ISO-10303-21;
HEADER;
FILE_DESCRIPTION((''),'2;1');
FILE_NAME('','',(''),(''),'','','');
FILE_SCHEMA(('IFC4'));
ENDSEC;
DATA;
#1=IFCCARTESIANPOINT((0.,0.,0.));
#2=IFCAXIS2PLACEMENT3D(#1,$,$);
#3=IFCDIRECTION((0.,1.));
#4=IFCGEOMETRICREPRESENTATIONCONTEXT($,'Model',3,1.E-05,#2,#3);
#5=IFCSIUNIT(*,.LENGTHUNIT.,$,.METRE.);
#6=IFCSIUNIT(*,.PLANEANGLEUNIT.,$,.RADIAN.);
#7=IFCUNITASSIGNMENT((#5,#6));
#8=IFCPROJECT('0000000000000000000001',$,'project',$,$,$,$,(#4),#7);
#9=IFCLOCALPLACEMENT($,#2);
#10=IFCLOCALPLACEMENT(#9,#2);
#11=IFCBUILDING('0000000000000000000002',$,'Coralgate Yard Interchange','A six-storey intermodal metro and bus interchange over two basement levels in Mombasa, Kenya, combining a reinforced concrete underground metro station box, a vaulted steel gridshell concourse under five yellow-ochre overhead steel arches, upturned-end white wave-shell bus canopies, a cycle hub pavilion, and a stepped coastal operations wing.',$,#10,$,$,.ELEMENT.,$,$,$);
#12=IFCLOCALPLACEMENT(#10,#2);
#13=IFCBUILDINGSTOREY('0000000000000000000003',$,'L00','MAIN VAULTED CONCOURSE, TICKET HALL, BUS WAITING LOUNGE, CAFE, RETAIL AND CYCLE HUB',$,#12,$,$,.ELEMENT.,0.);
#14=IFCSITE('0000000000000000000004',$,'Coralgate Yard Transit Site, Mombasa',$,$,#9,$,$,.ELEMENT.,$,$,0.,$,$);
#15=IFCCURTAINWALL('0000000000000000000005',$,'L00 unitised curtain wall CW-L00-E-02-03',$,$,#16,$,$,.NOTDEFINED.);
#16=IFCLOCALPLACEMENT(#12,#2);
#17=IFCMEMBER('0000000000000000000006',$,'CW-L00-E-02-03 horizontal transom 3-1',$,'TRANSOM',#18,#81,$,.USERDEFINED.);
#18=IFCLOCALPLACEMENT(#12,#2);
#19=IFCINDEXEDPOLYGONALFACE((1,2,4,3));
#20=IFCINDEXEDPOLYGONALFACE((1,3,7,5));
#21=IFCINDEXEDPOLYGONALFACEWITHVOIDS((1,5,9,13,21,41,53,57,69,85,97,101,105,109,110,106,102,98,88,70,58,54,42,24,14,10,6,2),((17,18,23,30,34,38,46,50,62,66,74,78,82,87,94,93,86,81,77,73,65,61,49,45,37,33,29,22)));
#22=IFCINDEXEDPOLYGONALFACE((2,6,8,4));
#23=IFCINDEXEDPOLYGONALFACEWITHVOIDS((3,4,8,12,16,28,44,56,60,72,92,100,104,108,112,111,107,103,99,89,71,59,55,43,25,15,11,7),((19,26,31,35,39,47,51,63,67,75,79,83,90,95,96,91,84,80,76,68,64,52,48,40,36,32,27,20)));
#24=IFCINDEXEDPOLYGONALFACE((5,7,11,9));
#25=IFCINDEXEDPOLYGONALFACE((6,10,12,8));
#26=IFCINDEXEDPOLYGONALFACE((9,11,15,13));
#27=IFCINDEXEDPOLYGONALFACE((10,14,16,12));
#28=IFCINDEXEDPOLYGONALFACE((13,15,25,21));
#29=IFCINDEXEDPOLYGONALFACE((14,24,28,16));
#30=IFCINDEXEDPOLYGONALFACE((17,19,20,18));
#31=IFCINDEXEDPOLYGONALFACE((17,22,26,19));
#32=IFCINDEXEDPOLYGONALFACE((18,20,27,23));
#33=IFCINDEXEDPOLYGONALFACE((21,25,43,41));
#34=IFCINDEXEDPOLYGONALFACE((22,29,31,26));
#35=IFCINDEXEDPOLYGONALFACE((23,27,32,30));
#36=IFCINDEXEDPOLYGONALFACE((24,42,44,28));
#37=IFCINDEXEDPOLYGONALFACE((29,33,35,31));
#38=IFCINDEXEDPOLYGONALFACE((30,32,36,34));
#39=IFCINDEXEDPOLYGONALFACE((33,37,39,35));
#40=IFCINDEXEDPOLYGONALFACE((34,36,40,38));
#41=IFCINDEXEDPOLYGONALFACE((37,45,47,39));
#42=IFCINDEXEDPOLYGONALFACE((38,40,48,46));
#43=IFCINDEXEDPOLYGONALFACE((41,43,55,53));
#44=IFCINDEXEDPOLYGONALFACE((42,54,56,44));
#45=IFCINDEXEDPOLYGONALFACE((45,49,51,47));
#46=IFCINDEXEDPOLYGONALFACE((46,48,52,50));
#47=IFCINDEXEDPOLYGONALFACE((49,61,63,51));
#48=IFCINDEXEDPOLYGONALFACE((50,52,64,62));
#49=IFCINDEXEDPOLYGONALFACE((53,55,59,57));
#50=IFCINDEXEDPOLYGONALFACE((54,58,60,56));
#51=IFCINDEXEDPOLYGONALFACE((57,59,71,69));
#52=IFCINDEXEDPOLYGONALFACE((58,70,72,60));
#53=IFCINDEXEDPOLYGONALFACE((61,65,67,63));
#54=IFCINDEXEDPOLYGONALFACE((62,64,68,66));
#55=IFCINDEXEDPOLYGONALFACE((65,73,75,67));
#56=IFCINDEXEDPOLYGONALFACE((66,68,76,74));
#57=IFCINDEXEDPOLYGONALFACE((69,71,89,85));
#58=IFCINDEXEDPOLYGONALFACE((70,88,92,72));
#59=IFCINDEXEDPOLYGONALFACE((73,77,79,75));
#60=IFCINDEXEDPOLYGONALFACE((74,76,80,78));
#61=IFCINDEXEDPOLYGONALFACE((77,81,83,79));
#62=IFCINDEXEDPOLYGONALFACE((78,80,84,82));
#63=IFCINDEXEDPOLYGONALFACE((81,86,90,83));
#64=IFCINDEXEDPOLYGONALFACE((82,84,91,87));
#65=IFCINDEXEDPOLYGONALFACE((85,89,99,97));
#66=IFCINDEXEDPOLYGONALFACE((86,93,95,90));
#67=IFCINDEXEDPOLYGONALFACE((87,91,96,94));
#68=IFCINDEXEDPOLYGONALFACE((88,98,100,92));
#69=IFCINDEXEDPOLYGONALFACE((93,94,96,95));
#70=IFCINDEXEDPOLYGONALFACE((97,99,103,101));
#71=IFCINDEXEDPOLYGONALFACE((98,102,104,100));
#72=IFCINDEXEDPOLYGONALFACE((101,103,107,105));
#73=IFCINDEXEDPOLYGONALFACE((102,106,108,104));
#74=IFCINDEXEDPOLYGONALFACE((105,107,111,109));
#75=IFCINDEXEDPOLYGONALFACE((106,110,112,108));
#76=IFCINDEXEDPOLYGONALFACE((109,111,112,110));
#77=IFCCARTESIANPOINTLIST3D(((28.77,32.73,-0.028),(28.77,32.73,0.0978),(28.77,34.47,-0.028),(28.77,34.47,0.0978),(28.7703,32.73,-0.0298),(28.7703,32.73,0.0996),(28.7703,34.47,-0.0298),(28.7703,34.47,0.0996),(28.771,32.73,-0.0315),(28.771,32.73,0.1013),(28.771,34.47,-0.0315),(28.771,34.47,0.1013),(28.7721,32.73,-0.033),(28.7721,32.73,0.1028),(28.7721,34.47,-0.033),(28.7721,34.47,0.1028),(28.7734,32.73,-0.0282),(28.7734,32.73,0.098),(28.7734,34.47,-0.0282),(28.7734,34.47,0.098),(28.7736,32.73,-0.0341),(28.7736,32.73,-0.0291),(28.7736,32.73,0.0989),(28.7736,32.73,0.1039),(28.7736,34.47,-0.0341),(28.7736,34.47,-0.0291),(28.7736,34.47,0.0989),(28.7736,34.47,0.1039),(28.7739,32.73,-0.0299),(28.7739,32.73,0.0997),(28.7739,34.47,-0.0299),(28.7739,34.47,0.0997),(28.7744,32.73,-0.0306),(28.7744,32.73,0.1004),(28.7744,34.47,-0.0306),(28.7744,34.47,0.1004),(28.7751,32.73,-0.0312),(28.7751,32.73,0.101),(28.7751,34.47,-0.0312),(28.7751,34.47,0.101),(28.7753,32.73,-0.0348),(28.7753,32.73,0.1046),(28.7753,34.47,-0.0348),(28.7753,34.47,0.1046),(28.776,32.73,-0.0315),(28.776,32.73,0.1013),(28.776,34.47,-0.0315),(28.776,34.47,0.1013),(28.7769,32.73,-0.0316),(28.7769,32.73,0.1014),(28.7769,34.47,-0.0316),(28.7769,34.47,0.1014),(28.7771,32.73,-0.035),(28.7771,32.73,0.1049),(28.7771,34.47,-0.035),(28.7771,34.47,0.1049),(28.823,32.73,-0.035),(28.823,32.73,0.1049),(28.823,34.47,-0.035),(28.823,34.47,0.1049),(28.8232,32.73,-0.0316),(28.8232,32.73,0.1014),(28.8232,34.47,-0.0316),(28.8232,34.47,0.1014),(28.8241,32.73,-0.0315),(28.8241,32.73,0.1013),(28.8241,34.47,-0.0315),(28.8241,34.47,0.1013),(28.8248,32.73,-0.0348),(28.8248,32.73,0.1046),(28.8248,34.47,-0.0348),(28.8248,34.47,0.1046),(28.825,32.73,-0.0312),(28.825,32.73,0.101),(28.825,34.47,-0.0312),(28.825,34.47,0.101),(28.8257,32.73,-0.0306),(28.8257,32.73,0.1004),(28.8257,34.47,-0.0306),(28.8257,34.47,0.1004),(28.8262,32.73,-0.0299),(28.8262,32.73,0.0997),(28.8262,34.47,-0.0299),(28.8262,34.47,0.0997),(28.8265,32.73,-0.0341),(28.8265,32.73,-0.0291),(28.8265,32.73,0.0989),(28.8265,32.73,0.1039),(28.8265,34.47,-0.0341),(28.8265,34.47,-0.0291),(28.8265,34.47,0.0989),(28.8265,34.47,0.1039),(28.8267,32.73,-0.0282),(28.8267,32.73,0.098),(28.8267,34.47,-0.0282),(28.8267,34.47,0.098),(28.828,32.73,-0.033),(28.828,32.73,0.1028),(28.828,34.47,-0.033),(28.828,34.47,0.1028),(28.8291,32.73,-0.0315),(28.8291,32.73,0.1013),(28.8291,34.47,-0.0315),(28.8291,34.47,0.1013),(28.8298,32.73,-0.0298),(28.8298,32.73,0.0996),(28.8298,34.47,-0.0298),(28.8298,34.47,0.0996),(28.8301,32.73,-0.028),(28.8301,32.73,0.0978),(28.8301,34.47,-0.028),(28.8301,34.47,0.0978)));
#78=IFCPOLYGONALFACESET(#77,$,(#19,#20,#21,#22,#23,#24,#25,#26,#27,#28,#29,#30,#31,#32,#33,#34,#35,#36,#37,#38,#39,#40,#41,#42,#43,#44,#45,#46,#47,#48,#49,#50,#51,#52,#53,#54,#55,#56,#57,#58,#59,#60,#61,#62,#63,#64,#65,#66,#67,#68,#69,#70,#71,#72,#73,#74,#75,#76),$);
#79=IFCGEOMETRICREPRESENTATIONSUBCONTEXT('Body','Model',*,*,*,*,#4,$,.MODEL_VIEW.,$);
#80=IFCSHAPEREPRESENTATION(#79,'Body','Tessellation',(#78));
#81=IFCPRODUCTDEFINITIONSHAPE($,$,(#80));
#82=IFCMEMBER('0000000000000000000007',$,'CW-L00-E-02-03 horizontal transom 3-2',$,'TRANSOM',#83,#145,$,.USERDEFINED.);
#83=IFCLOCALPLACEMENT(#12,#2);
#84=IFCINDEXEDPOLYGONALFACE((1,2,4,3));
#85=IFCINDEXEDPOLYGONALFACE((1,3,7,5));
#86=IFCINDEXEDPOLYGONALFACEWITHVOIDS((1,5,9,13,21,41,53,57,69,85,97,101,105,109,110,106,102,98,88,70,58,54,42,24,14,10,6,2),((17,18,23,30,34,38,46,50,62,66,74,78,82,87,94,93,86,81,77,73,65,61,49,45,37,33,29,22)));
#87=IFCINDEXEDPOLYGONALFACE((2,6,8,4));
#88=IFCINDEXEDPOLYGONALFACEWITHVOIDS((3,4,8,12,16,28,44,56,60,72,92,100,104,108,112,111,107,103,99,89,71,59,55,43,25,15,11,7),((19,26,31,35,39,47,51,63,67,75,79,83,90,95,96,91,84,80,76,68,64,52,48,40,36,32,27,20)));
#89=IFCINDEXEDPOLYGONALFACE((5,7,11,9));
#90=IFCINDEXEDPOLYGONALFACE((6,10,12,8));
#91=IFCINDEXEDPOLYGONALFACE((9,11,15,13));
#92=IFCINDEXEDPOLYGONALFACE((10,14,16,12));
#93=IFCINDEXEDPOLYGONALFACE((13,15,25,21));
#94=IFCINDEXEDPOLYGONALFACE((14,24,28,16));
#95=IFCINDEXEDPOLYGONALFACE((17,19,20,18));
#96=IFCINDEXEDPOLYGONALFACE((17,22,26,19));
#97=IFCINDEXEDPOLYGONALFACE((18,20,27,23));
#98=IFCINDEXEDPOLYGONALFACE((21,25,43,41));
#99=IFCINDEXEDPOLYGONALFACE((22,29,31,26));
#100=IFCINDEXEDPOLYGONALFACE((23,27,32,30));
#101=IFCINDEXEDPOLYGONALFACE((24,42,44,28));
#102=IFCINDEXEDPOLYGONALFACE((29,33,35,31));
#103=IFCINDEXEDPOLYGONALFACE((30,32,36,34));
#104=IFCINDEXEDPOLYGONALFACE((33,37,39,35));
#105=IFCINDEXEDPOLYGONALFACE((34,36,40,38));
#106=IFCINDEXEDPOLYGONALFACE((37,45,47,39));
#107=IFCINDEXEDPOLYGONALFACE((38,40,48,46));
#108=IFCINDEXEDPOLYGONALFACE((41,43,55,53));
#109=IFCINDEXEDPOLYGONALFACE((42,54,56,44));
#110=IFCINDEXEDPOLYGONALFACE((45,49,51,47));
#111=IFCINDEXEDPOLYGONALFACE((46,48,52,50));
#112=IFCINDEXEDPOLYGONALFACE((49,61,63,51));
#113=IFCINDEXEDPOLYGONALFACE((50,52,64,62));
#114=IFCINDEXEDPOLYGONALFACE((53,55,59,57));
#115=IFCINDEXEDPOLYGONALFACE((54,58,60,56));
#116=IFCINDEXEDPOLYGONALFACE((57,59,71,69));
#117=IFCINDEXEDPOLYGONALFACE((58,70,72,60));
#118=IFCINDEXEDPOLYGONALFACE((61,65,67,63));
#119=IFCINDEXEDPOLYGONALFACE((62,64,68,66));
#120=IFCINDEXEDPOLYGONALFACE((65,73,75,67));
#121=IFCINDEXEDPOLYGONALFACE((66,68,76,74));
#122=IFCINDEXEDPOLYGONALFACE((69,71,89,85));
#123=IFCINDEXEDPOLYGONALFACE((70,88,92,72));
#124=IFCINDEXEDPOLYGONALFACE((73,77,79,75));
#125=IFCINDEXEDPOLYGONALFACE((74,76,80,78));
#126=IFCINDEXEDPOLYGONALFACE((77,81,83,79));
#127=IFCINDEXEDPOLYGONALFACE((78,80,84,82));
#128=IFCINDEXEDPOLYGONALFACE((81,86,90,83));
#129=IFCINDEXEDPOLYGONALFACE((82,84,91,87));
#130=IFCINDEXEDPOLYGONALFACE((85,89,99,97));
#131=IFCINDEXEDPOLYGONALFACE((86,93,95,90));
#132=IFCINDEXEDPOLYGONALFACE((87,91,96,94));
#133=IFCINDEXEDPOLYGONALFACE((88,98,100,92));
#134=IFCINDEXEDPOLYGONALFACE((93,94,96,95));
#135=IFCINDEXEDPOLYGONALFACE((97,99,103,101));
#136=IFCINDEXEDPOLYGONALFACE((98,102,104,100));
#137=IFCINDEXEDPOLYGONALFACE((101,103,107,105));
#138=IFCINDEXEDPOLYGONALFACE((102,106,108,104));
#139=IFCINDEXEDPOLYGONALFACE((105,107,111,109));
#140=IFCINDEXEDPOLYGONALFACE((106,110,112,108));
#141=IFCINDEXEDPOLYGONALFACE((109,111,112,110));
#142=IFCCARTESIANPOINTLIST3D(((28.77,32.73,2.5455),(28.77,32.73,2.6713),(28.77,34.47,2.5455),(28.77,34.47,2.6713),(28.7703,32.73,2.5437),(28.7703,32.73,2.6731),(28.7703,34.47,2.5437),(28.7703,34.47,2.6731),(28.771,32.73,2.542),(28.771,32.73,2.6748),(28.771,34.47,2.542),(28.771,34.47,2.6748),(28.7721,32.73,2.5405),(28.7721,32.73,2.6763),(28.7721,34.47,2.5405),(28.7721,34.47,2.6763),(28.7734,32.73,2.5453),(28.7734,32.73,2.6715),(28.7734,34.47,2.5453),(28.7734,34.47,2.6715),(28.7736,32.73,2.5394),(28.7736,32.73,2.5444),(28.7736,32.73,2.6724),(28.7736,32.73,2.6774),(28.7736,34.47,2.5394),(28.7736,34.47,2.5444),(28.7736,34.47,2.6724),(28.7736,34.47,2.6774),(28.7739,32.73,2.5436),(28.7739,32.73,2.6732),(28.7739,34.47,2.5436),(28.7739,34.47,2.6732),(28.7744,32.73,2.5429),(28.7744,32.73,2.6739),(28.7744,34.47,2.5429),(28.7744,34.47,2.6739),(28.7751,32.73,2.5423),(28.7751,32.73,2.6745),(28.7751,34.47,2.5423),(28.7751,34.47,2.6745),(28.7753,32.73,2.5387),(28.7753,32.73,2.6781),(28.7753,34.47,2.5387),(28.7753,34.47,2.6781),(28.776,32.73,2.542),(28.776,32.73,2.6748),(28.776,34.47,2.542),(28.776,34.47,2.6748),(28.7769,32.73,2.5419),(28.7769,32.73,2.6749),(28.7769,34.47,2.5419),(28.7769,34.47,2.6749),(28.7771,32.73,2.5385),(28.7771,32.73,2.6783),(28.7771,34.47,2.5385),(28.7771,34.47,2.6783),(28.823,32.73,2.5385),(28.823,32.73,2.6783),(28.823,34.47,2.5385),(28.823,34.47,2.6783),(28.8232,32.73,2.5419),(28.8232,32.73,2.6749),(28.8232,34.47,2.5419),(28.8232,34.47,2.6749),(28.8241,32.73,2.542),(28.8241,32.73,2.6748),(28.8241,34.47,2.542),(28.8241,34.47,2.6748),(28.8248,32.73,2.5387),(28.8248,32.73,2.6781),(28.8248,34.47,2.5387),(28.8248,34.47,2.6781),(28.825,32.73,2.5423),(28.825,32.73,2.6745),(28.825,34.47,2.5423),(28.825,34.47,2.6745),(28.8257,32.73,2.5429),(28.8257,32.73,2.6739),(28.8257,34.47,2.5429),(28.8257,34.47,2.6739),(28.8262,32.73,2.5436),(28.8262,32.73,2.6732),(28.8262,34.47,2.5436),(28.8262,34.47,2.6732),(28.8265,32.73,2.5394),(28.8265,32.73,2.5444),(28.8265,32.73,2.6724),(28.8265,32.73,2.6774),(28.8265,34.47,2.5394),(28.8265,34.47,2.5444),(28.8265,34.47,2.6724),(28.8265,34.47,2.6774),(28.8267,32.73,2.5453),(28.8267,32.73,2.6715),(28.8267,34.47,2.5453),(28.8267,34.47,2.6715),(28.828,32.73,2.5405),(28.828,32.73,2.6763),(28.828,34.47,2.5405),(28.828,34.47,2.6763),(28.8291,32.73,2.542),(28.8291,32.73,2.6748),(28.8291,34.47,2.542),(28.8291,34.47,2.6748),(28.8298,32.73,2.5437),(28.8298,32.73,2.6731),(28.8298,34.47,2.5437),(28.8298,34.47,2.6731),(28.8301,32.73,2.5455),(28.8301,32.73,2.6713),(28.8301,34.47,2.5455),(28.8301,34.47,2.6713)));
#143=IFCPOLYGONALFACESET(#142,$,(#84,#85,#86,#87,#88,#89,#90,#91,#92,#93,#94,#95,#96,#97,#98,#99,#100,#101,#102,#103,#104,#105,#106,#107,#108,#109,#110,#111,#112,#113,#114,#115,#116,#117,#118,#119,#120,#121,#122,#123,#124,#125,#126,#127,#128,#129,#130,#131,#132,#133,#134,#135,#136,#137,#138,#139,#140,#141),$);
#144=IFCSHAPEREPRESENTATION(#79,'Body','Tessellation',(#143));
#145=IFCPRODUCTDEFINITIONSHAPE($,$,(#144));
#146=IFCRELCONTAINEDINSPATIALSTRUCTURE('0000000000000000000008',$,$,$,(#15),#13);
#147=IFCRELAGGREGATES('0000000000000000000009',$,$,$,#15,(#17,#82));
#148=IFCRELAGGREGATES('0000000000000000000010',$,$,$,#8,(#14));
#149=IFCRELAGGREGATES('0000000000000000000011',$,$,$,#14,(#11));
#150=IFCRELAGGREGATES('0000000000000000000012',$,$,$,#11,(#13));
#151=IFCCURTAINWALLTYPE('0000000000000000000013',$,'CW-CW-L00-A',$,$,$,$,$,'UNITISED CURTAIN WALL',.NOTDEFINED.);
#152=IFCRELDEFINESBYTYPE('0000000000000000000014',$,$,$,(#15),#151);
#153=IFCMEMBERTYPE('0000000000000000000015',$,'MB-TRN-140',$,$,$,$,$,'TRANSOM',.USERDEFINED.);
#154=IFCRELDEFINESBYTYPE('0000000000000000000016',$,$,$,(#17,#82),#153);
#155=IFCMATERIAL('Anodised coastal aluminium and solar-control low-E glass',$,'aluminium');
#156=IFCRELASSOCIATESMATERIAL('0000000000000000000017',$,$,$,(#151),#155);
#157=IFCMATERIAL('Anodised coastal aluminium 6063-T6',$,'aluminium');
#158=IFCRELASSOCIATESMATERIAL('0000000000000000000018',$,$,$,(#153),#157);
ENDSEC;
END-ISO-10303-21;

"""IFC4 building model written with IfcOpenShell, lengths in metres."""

from ifc_helpers import new_model, si_unit, direction, frame, origin, origin_2d, place, context, subcontext, project, spatial, hollow_rectangle, extrude, material, material_profile, profile_set, type_object, element, aggregate, save


model = new_model("IFC4")

# Units and contexts
model_context = context("Model", 3, precision=1e-05, world=origin(), true_north=direction((0.0, 1.0)))
body_context = subcontext(model_context, "Body", "Model", "MODEL_VIEW")
ifc_project = project(units=[si_unit("LENGTHUNIT", "METRE"), si_unit("PLANEANGLEUNIT", "RADIAN")], contexts=[model_context])

# Site, building, storey
site_placement = place(None, origin())
site = spatial("IfcSite", under=ifc_project, at=site_placement, Name="Coralgate Yard Transit Site, Mombasa", CompositionType="ELEMENT", RefElevation=0.0)
building_placement = place(site_placement, origin())
building = spatial("IfcBuilding", under=site, at=building_placement, Name="Coralgate Yard Interchange", Description="A six-storey intermodal metro and bus interchange over two basement levels in Mombasa, Kenya, combining a reinforced concrete underground metro station box, a vaulted steel gridshell concourse under five yellow-ochre overhead steel arches, upturned-end white wave-shell bus canopies, a cycle hub pavilion, and a stepped coastal operations wing.", CompositionType="ELEMENT")
storey_placement = place(building_placement, origin())
storey = spatial("IfcBuildingStorey", under=building, at=storey_placement, Name="L00", Description="MAIN VAULTED CONCOURSE, TICKET HALL, BUS WAITING LOUNGE, CAFE, RETAIL AND CYCLE HUB", CompositionType="ELEMENT", Elevation=0.0)

# Curtain wall, members
ifc_material_1 = material(Name="Anodised coastal aluminium and solar-control low-E glass", Category="aluminium")
curtain_wall_type = type_object("IfcCurtainWallType", Name="CW-CW-L00-A", ElementType="UNITISED CURTAIN WALL", PredefinedType="NOTDEFINED", material=ifc_material_1)
curtain_wall_placement = place(storey_placement, origin())
curtain_wall = element("IfcCurtainWall", 1, at=curtain_wall_placement, inside=storey, type_object=curtain_wall_type, Name="L00 unitised curtain wall CW-L00-E-02-03", PredefinedType="NOTDEFINED")
ifc_material_2 = material(Name="Anodised coastal aluminium 6063-T6", Category="aluminium")
ifc_material_profile_1 = material_profile(ifc_material_2, hollow_rectangle(XDim=0.0601, YDim=0.1399, WallThickness=0.0034, InnerFilletRadius=0.0034, OuterFilletRadius=0.0071, at=origin_2d()), Name="ALU 60x140x3.5")
ifc_profile_set_1 = profile_set([ifc_material_profile_1], Name="Anodised coastal aluminium 6063-T6")
member_type_1 = type_object("IfcMemberType", Name="MB-TRN-140", ElementType="TRANSOM", PredefinedType="USERDEFINED", material=ifc_profile_set_1)
member_1_placement = place(storey_placement, frame((28.8, 34.47, 0.0349), z_axis=(0.0, -1.0, 0.0), x_axis=(1.0, 0.0, 0.0)))
member_1 = element("IfcMember", 2, at=member_1_placement, type_object=member_type_1, Name="CW-L00-E-02-03 horizontal transom 3-1", ObjectType="TRANSOM", PredefinedType="USERDEFINED", context=body_context, shape_type="SweptSolid", body=[
    extrude(hollow_rectangle(XDim=0.0601, YDim=0.1399, WallThickness=0.0034, InnerFilletRadius=0.0034, OuterFilletRadius=0.0071, at=origin_2d()), origin(), (0.0, 0.0, 1.0), 1.74),
])
member_2_placement = place(storey_placement, frame((28.8, 34.47, 2.6084), z_axis=(0.0, -1.0, 0.0), x_axis=(1.0, 0.0, 0.0)))
member_2 = element("IfcMember", 3, at=member_2_placement, type_object=member_type_1, Name="CW-L00-E-02-03 horizontal transom 3-2", ObjectType="TRANSOM", PredefinedType="USERDEFINED", context=body_context, shape_type="SweptSolid", body=[
    extrude(hollow_rectangle(XDim=0.0601, YDim=0.1399, WallThickness=0.0034, InnerFilletRadius=0.0034, OuterFilletRadius=0.0071, at=origin_2d()), origin(), (0.0, 0.0, 1.0), 1.74),
])
aggregate(curtain_wall, [member_1, member_2])

save(model, "model.ifc")
